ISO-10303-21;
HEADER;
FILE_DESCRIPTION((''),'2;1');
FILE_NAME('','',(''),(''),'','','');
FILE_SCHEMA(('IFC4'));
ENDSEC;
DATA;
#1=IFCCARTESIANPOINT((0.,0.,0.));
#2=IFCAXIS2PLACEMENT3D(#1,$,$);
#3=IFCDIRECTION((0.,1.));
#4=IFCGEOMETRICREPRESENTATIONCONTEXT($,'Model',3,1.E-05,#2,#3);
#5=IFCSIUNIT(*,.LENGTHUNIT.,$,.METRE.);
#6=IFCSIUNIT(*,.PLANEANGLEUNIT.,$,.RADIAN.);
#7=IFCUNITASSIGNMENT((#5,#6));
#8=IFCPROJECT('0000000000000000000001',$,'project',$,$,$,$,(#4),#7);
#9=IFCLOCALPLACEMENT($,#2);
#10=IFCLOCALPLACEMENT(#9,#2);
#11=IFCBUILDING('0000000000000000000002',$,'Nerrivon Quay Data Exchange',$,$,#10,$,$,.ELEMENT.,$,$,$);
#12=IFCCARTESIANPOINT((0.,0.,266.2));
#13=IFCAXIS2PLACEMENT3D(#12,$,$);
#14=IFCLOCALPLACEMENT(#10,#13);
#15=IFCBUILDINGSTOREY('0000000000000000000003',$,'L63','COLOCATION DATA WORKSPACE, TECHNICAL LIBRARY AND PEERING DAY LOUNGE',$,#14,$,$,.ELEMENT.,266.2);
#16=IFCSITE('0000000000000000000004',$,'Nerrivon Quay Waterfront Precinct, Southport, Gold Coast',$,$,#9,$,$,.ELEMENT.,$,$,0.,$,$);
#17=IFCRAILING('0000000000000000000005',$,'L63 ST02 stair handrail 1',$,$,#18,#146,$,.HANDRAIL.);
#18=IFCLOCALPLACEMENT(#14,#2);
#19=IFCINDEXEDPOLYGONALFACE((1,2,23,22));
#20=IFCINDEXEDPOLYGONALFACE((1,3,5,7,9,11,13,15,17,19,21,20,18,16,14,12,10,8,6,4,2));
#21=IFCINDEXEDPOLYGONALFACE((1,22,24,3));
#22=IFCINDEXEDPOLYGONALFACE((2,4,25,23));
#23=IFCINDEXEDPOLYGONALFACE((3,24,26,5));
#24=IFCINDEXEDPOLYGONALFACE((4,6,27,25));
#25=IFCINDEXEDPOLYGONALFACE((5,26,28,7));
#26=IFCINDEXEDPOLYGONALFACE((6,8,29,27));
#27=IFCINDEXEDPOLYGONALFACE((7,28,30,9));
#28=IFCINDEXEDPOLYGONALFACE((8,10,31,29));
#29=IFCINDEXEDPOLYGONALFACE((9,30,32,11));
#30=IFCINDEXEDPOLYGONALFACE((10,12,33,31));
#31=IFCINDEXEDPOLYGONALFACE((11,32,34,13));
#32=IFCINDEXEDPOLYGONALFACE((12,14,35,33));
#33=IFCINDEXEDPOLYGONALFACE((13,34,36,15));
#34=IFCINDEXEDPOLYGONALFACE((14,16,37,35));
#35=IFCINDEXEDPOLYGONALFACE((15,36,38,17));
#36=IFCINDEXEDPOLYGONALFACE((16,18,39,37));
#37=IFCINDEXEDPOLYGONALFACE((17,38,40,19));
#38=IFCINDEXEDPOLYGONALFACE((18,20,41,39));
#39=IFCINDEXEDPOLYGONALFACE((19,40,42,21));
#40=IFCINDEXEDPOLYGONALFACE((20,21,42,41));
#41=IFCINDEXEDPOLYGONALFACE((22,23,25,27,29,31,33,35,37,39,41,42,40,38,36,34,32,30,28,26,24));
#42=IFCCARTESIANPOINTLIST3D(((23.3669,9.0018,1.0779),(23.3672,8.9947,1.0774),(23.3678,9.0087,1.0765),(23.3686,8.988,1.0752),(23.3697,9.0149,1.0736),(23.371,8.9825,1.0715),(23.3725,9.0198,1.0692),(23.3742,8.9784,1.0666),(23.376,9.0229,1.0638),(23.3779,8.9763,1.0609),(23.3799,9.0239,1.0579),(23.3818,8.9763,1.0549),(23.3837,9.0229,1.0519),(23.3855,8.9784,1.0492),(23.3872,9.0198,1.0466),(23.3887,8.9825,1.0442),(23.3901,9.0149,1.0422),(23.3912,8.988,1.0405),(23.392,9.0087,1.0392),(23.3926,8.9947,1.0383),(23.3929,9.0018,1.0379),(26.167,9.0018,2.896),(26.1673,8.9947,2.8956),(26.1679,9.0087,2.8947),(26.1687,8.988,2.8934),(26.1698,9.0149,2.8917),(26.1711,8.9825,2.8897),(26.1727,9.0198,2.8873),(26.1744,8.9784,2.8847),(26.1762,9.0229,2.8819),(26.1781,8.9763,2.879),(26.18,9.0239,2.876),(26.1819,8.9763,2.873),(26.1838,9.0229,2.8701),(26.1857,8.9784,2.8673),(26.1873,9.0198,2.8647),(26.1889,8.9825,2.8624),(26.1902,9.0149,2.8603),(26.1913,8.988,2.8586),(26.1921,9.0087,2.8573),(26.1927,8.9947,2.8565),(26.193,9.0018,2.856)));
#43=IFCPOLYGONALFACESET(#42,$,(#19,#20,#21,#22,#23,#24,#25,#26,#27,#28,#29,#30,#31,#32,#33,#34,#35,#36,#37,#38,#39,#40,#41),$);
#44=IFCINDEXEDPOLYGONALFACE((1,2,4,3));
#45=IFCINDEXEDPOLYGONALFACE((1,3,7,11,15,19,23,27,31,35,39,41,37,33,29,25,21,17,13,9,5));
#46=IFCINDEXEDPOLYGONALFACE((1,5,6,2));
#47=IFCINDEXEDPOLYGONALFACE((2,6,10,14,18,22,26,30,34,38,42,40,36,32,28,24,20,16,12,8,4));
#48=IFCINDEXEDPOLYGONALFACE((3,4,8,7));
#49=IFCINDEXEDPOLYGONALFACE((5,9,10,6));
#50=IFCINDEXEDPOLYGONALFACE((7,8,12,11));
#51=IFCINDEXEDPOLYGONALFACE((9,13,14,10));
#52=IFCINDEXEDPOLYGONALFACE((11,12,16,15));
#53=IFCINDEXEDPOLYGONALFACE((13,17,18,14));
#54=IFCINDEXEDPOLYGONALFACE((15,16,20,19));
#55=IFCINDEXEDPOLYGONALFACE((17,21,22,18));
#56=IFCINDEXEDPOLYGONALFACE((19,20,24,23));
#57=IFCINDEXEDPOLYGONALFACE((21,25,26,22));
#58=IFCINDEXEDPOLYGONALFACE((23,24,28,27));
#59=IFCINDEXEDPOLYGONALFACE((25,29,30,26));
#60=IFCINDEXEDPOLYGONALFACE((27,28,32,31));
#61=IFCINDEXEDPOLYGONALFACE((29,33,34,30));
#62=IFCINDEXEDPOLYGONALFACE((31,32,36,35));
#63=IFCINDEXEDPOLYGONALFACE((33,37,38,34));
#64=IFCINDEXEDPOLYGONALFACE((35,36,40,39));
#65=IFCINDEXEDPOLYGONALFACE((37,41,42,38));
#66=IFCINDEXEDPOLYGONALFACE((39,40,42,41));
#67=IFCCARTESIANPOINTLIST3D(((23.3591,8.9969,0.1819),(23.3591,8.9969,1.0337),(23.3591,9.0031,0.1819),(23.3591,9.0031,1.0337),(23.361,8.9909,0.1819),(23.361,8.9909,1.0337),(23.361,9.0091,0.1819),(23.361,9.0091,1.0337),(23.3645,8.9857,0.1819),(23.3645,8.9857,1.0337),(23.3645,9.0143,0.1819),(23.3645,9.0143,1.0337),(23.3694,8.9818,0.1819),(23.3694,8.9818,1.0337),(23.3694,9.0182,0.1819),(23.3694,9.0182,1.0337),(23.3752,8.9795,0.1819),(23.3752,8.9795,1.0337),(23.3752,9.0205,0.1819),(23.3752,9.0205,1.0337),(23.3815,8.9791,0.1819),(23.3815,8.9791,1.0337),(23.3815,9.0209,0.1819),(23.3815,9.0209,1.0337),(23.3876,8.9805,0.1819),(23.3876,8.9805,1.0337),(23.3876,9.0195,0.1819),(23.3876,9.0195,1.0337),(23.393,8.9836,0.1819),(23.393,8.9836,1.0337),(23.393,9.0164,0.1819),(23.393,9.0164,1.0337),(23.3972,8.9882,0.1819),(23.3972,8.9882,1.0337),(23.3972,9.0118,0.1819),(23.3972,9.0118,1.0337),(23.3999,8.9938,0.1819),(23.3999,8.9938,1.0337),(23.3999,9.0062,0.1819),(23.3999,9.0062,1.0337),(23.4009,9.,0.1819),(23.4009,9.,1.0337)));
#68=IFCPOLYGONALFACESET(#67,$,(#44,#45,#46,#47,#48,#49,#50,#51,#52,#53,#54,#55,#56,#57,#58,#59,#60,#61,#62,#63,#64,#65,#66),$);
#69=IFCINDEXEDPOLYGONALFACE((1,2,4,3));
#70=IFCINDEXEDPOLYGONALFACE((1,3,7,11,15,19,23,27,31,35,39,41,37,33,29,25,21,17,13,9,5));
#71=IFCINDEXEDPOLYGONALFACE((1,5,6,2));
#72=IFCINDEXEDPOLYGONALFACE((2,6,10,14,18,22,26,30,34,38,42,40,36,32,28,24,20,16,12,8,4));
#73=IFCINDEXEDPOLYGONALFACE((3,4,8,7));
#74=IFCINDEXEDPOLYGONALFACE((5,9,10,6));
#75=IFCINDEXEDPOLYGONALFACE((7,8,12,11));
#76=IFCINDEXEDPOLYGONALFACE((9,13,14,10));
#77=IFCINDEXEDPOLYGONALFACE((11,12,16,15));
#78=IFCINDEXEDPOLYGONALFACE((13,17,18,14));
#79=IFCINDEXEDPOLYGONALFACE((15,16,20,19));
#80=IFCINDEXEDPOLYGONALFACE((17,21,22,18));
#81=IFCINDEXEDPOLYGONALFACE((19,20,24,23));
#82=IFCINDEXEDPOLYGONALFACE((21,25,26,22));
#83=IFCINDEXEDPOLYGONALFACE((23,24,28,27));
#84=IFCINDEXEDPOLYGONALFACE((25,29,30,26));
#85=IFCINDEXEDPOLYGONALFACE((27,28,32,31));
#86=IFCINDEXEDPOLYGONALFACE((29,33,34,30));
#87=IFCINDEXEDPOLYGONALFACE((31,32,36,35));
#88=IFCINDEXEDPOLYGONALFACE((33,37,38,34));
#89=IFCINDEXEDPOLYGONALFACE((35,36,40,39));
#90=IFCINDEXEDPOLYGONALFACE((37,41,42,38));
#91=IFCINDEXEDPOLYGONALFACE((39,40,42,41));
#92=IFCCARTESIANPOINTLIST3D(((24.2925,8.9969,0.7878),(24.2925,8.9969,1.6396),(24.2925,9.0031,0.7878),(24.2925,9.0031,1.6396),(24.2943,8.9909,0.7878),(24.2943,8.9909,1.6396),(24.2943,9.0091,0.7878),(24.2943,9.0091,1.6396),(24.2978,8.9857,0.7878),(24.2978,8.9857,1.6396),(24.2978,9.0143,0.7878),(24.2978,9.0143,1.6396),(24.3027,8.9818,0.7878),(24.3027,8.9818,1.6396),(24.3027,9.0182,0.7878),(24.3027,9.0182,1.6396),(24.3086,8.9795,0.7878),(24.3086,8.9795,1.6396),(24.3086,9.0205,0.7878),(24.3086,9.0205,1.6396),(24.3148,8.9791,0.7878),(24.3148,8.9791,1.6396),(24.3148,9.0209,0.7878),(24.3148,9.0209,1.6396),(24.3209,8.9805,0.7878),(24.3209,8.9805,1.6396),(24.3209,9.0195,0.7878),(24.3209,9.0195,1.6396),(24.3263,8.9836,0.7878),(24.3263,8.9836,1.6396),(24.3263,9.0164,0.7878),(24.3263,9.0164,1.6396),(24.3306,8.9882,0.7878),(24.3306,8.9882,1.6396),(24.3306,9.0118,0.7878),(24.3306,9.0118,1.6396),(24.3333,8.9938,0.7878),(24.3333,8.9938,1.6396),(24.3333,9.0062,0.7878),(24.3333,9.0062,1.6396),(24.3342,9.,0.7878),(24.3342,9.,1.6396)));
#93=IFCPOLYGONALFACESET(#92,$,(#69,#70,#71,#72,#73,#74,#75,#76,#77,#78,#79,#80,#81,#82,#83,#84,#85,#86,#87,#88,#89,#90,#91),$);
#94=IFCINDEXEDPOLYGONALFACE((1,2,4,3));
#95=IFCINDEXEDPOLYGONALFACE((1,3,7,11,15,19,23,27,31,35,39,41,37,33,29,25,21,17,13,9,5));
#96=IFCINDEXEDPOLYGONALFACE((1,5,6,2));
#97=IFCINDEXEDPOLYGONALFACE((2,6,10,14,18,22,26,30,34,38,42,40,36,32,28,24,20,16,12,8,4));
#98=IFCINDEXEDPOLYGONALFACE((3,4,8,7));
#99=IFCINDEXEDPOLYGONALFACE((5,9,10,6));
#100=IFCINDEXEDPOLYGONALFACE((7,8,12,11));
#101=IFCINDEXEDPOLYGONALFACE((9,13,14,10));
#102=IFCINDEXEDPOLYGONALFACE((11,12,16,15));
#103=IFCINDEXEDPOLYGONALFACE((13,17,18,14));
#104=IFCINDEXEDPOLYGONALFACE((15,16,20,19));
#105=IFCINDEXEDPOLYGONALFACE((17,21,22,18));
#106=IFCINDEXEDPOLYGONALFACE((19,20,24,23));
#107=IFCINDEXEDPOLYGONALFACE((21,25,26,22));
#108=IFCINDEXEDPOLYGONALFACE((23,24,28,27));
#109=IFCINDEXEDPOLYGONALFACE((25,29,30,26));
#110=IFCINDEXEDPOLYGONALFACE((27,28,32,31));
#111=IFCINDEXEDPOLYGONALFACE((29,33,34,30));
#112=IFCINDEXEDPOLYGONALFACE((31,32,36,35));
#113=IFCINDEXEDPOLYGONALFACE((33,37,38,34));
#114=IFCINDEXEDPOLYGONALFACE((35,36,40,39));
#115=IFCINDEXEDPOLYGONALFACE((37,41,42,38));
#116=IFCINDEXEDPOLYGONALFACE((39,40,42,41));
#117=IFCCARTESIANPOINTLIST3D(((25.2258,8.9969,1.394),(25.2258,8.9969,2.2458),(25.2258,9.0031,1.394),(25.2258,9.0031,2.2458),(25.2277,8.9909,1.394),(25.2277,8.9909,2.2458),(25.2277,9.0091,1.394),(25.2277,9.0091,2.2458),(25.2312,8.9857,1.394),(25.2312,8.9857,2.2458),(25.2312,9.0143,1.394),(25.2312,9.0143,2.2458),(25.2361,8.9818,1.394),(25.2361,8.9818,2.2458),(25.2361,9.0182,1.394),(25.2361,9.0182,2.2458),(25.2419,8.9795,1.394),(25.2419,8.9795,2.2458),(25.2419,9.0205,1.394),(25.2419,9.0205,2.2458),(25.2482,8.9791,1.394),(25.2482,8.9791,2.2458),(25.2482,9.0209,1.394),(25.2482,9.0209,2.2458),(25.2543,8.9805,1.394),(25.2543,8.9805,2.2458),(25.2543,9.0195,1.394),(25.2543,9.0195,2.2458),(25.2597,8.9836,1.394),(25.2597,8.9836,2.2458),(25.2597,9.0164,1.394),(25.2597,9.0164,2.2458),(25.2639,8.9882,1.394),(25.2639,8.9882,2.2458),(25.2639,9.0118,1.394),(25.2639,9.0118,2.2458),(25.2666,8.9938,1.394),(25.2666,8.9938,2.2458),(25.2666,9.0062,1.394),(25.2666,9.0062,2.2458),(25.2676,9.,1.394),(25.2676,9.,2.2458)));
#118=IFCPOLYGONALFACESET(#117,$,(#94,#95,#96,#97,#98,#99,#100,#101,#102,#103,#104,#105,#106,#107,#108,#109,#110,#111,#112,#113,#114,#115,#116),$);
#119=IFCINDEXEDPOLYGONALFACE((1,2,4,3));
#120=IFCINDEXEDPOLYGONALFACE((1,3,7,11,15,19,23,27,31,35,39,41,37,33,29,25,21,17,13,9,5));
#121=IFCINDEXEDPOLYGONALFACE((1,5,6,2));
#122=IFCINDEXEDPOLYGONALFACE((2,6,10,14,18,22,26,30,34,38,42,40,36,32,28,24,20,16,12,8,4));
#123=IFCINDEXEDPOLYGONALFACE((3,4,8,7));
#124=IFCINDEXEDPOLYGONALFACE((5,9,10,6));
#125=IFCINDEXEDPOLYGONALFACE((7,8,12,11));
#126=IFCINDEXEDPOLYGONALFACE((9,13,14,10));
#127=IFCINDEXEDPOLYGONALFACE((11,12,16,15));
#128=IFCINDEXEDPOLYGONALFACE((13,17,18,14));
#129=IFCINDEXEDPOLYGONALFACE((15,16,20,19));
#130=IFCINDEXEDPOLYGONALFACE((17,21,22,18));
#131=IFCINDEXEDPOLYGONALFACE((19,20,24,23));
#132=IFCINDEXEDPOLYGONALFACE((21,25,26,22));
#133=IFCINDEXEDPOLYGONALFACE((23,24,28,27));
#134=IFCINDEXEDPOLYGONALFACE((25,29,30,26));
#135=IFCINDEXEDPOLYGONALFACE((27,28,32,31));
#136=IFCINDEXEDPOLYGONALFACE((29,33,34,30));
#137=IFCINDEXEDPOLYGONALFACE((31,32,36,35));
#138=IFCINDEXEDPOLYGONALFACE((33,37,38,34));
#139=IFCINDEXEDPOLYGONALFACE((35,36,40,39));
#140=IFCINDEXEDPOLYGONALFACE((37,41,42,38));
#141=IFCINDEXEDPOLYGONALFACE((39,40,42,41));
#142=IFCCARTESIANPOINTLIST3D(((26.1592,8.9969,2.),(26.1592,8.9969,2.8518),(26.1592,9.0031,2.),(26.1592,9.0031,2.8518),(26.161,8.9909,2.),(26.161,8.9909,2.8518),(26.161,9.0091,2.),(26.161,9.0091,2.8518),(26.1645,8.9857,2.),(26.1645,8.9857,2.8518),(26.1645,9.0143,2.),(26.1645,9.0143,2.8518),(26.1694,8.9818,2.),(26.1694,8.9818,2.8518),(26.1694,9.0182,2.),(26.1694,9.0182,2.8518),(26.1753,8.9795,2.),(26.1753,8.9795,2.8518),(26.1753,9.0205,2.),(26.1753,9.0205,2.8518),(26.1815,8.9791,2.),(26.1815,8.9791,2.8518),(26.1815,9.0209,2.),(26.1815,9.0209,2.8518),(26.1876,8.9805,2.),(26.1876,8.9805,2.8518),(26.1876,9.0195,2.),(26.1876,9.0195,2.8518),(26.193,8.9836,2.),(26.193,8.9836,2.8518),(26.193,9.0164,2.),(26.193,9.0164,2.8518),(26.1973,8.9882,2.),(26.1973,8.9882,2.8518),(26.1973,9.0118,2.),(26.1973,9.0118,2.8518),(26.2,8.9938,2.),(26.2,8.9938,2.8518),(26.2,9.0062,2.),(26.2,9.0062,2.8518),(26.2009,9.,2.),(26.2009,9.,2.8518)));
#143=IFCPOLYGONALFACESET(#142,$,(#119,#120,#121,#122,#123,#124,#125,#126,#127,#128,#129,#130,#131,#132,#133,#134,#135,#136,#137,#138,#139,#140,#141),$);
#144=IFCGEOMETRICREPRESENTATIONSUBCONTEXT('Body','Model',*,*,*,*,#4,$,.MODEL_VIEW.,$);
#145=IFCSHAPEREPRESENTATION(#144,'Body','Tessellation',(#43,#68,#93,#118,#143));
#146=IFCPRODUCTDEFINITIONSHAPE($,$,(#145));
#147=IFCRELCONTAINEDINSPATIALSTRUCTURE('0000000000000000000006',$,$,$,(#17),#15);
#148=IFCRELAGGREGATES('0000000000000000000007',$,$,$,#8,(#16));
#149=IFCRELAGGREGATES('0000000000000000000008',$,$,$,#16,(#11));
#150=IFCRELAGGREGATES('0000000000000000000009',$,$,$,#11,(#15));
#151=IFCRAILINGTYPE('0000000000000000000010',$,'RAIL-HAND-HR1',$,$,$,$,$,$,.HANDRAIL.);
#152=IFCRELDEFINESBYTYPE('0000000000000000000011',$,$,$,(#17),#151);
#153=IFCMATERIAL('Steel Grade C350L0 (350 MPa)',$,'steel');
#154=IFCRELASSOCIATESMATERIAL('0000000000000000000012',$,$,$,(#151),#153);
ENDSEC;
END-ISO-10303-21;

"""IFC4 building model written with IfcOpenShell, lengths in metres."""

from ifc_helpers import new_model, si_unit, direction, frame, origin, origin_2d, place, context, subcontext, project, spatial, circle, extrude, material, type_object, element, save


model = new_model("IFC4")

# Units and contexts
model_context = context("Model", 3, precision=1e-05, world=origin(), true_north=direction((0.0, 1.0)))
body_context = subcontext(model_context, "Body", "Model", "MODEL_VIEW")
ifc_project = project(units=[si_unit("LENGTHUNIT", "METRE"), si_unit("PLANEANGLEUNIT", "RADIAN")], contexts=[model_context])

# Site, building, storey
site_placement = place(None, origin())
site = spatial("IfcSite", under=ifc_project, at=site_placement, Name="Nerrivon Quay Waterfront Precinct, Southport, Gold Coast", CompositionType="ELEMENT", RefElevation=0.0)
building_placement = place(site_placement, origin())
building = spatial("IfcBuilding", under=site, at=building_placement, Name="Nerrivon Quay Data Exchange", CompositionType="ELEMENT")
storey_placement = place(building_placement, frame((0.0, 0.0, 266.2)))
storey = spatial("IfcBuildingStorey", under=building, at=storey_placement, Name="L63", Description="COLOCATION DATA WORKSPACE, TECHNICAL LIBRARY AND PEERING DAY LOUNGE", CompositionType="ELEMENT", Elevation=266.2)

# Railing
ifc_material_1 = material(Name="Steel Grade C350L0 (350 MPa)", Category="steel")
railing_type_1 = type_object("IfcRailingType", Name="RAIL-HAND-HR1", PredefinedType="HANDRAIL", material=ifc_material_1)
railing_1_placement = place(storey_placement, frame((23.3799, 9.0, 0.1819)))
element("IfcRailing", 1, at=railing_1_placement, inside=storey, type_object=railing_type_1, Name="L63 ST02 stair handrail 1", PredefinedType="HANDRAIL", context=body_context, shape_type="SweptSolid", body=[
    extrude(circle(Radius=0.0239, at=origin_2d()), frame((0.0, 0.0, 0.876), z_axis=(0.838706, 0.0, 0.544585), x_axis=(0.0, 1.0, 0.0)), (0.0, 0.0, 1.0), 3.3386),
    extrude(circle(Radius=0.021, at=origin_2d()), origin(), (0.0, 0.0, 1.0), 0.8518),
    extrude(circle(Radius=0.021, at=origin_2d()), frame((0.9333, 0.0, 0.606)), (0.0, 0.0, 1.0), 0.8518),
    extrude(circle(Radius=0.021, at=origin_2d()), frame((1.8667, 0.0, 1.2122)), (0.0, 0.0, 1.0), 0.8518),
    extrude(circle(Radius=0.021, at=origin_2d()), frame((2.8, 0.0, 1.8181)), (0.0, 0.0, 1.0), 0.8518),
])

save(model, "model.ifc")
